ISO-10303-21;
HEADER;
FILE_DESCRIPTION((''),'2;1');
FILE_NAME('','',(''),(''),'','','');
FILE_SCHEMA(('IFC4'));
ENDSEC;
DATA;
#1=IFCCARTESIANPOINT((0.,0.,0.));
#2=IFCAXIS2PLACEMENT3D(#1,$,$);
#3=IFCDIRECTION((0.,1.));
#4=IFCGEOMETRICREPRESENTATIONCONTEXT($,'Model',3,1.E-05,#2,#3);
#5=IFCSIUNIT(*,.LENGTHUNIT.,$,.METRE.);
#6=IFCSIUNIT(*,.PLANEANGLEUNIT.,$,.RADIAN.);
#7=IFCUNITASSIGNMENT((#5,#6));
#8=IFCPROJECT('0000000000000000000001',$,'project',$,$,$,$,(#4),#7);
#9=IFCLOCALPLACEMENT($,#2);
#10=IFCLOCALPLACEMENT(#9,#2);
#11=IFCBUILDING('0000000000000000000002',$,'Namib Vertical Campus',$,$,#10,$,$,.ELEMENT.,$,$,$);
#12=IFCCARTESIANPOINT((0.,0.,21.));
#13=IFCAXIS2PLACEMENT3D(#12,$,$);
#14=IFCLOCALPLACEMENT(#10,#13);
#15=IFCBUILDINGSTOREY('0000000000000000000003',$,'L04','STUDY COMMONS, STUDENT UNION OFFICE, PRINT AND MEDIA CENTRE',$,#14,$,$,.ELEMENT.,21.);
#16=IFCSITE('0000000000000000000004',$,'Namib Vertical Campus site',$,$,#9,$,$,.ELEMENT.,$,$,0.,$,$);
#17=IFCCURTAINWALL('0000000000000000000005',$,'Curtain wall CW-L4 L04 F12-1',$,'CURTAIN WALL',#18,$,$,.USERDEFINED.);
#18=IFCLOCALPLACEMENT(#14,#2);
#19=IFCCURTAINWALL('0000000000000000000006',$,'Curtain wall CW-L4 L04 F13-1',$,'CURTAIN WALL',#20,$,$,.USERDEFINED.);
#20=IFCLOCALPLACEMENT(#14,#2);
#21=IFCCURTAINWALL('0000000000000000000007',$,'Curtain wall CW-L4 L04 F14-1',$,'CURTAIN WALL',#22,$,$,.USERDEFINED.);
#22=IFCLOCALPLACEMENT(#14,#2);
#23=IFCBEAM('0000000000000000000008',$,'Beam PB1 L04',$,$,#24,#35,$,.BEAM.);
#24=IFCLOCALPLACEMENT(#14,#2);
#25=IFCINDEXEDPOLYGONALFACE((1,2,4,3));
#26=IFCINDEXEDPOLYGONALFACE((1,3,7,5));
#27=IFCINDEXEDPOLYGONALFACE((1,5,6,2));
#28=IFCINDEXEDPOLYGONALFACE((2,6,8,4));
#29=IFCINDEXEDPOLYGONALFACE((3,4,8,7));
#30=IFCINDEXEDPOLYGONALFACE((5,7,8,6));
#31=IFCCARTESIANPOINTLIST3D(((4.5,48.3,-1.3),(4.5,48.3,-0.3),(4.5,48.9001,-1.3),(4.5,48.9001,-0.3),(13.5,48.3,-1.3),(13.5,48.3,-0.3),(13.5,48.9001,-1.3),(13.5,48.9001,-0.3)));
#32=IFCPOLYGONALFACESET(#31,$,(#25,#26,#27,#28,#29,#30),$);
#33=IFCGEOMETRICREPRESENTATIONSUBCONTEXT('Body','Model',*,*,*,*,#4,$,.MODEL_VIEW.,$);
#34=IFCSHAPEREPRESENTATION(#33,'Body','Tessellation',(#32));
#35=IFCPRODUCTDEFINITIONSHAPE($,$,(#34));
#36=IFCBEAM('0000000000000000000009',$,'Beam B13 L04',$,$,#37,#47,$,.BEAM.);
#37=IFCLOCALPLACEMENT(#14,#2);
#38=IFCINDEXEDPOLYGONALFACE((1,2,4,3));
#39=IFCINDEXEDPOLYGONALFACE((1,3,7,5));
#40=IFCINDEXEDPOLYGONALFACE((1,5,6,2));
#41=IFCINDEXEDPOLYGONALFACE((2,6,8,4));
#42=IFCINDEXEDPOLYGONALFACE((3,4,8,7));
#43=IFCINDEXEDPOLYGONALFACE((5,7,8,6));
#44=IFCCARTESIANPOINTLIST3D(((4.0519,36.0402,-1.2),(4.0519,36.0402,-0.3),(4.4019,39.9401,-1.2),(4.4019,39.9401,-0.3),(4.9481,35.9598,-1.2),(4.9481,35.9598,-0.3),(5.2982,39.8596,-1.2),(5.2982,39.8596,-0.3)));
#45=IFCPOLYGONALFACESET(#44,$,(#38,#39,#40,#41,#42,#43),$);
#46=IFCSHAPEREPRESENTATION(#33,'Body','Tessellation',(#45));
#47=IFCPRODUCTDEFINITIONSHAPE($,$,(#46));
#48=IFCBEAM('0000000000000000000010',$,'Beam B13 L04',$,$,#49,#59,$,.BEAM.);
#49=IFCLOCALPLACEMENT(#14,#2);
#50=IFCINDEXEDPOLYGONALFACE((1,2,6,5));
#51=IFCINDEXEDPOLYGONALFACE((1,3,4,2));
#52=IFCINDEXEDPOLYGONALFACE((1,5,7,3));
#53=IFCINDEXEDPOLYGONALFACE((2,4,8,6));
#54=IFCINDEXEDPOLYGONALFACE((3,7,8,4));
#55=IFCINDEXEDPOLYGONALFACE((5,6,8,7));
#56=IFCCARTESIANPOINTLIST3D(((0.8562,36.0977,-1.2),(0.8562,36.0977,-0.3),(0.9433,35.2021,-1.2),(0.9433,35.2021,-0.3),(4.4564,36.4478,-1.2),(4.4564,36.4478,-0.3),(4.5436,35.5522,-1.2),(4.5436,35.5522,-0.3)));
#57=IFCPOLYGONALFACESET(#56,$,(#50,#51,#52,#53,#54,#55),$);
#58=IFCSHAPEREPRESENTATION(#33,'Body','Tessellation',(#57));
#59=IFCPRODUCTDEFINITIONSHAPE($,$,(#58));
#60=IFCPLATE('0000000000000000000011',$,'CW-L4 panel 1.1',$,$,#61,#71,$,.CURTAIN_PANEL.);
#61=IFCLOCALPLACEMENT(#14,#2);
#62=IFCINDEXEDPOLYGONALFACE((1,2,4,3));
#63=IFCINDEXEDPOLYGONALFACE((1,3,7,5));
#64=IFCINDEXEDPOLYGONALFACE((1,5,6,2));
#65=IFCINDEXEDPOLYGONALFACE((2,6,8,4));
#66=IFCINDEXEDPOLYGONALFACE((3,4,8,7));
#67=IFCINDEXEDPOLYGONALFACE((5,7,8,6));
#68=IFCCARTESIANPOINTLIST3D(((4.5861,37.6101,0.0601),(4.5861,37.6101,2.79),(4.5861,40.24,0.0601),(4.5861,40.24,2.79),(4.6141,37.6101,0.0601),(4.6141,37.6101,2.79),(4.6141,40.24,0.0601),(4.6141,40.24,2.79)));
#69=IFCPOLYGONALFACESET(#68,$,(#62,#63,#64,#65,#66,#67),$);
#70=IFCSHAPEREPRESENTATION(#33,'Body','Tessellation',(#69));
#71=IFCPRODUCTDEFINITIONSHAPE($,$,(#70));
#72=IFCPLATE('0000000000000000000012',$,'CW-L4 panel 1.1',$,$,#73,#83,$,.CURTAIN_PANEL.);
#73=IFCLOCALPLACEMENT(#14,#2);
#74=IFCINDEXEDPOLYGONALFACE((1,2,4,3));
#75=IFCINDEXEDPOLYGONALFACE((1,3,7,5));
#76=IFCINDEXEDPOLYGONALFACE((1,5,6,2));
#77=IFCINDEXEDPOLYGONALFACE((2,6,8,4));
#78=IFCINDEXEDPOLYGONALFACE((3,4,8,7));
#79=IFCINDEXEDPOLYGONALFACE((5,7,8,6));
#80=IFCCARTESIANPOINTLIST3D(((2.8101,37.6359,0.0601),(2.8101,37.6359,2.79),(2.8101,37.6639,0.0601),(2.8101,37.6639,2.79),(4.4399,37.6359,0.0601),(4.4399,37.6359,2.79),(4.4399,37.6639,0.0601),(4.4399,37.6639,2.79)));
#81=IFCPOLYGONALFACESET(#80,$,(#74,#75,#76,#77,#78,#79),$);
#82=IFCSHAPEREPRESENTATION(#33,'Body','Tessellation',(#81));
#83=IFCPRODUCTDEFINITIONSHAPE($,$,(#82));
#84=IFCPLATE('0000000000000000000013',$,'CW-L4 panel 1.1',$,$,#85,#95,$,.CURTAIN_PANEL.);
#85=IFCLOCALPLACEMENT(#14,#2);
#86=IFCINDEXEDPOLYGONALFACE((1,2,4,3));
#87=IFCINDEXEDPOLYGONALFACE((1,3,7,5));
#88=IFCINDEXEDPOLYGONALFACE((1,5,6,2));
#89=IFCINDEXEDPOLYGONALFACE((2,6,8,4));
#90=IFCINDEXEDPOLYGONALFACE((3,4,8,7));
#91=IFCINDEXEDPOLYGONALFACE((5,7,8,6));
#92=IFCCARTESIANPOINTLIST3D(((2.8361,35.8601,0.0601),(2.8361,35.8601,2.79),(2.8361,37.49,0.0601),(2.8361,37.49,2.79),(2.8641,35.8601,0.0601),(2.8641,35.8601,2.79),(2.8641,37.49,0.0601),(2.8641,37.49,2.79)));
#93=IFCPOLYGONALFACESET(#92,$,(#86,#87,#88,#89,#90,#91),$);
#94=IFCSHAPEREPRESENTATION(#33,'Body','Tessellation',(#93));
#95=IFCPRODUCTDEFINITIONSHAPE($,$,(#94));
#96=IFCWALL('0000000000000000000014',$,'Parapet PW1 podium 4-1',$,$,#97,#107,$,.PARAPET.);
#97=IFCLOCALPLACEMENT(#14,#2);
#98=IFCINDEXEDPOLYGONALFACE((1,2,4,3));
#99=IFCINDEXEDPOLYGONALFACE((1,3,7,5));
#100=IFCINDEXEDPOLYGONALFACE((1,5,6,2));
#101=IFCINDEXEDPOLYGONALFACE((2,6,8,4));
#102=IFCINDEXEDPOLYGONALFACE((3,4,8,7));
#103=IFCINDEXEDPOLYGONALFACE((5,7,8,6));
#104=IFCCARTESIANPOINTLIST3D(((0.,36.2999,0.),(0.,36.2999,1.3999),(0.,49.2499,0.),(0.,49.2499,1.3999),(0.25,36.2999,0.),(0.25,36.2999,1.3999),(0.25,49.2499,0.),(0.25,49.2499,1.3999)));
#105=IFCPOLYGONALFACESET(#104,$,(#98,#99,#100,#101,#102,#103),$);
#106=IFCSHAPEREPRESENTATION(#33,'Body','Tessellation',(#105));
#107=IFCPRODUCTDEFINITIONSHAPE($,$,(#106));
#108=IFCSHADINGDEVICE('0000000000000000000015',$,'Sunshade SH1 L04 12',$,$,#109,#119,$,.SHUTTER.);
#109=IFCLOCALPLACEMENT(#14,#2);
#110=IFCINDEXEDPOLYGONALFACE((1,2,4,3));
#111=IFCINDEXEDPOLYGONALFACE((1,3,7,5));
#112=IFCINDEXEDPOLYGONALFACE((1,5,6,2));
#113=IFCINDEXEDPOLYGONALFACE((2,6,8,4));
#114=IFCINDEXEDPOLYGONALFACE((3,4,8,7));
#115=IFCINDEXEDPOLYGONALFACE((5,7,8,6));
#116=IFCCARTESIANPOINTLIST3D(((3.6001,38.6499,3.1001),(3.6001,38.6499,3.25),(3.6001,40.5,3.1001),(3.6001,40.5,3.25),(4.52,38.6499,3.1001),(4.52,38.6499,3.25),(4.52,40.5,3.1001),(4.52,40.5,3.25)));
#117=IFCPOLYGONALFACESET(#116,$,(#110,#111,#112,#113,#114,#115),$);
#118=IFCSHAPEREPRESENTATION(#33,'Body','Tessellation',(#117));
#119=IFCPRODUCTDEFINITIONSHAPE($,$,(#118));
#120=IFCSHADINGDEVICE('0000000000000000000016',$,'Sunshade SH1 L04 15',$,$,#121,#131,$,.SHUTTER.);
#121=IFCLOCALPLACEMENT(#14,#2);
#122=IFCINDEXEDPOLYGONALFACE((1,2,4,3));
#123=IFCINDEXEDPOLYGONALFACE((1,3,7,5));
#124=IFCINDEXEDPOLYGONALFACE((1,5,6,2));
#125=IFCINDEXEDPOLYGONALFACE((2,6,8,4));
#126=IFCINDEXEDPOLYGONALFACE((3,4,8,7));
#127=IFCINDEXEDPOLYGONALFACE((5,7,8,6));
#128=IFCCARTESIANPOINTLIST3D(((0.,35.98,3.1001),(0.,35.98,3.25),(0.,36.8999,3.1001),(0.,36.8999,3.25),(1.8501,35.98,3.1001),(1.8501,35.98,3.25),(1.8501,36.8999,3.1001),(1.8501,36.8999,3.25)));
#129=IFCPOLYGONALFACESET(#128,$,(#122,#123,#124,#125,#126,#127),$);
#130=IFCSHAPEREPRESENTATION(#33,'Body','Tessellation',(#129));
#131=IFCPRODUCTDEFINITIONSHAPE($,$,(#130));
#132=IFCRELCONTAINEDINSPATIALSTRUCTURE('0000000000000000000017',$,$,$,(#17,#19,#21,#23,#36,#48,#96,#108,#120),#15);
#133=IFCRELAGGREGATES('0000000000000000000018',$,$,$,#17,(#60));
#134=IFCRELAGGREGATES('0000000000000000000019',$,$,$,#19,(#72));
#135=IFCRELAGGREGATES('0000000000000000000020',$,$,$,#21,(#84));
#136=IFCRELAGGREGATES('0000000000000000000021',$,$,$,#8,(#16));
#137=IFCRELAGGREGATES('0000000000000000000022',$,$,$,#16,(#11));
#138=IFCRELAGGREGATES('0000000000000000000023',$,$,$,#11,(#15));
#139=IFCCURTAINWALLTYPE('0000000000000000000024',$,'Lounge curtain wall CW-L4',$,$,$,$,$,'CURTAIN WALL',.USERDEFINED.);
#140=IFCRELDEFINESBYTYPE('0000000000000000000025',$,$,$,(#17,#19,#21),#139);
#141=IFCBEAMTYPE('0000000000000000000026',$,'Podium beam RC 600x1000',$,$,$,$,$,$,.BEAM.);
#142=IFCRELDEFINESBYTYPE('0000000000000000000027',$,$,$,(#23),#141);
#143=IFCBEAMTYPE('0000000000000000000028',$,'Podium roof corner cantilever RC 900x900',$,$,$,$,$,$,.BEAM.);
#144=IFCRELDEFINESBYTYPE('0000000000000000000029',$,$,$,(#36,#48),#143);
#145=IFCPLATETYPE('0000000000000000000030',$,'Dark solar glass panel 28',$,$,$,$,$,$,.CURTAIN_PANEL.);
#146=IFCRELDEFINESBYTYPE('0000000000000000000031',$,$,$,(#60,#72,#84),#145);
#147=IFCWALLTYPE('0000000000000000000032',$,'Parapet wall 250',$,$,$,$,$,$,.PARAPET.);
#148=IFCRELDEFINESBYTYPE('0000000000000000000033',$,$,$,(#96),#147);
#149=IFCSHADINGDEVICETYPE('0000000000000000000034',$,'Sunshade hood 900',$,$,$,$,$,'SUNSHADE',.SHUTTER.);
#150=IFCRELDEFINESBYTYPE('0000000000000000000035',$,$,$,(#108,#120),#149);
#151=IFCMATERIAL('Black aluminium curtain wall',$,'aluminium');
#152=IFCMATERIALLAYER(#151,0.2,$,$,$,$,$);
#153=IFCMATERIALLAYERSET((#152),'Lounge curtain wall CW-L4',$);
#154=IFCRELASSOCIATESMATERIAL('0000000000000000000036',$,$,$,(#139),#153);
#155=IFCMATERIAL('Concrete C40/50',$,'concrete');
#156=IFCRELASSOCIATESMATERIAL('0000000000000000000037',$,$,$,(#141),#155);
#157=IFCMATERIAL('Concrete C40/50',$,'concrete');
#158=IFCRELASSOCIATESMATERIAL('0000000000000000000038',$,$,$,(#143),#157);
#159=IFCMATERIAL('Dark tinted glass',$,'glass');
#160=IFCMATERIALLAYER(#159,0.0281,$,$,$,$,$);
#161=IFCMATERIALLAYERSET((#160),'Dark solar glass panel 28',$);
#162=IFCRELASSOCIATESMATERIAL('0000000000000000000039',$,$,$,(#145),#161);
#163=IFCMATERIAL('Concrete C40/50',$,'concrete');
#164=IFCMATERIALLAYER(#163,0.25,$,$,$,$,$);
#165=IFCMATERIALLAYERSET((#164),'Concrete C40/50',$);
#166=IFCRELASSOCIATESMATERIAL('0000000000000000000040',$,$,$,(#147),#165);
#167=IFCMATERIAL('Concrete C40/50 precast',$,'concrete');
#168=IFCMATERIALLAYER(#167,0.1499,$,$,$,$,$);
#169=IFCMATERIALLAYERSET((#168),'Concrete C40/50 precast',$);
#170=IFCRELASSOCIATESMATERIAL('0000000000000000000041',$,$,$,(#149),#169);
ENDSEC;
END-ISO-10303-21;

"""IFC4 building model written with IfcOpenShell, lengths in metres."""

from ifc_helpers import new_model, si_unit, direction, frame, frame_2d, origin, origin_2d, place, context, subcontext, project, spatial, rectangle, extrude, material, layer, layer_set, material_profile, profile_set, type_object, element, aggregate, save


model = new_model("IFC4")

# Units and contexts
model_context = context("Model", 3, precision=1e-05, world=origin(), true_north=direction((0.0, 1.0)))
body_context = subcontext(model_context, "Body", "Model", "MODEL_VIEW")
ifc_project = project(units=[si_unit("LENGTHUNIT", "METRE"), si_unit("PLANEANGLEUNIT", "RADIAN")], contexts=[model_context])

# Site, building, storey
site_placement = place(None, origin())
site = spatial("IfcSite", under=ifc_project, at=site_placement, Name="Namib Vertical Campus site", CompositionType="ELEMENT", RefElevation=0.0)
building_placement = place(site_placement, origin())
building = spatial("IfcBuilding", under=site, at=building_placement, Name="Namib Vertical Campus", CompositionType="ELEMENT")
storey_placement = place(building_placement, frame((0.0, 0.0, 21.0)))
storey = spatial("IfcBuildingStorey", under=building, at=storey_placement, Name="L04", Description="STUDY COMMONS, STUDENT UNION OFFICE, PRINT AND MEDIA CENTRE", CompositionType="ELEMENT", Elevation=21.0)

# Shared definitions
ifc_material_1 = material(Name="Black aluminium curtain wall", Category="aluminium")
ifc_layer_1 = layer(ifc_material_1, 0.2)
ifc_layer_set_1 = layer_set([ifc_layer_1], Name="Lounge curtain wall CW-L4")
curtain_wall_type = type_object("IfcCurtainWallType", Name="Lounge curtain wall CW-L4", ElementType="CURTAIN WALL", PredefinedType="USERDEFINED", material=ifc_layer_set_1)

# Curtain walls
curtain_wall_1_placement = place(storey_placement, origin())
curtain_wall_1 = element("IfcCurtainWall", 1, at=curtain_wall_1_placement, inside=storey, type_object=curtain_wall_type, Name="Curtain wall CW-L4 L04 F12-1", ObjectType="CURTAIN WALL", PredefinedType="USERDEFINED")
curtain_wall_2_placement = place(storey_placement, origin())
curtain_wall_2 = element("IfcCurtainWall", 2, at=curtain_wall_2_placement, inside=storey, type_object=curtain_wall_type, Name="Curtain wall CW-L4 L04 F13-1", ObjectType="CURTAIN WALL", PredefinedType="USERDEFINED")

# Curtain wall
curtain_wall_3_placement = place(storey_placement, origin())
curtain_wall_3 = element("IfcCurtainWall", 3, at=curtain_wall_3_placement, inside=storey, type_object=curtain_wall_type, Name="Curtain wall CW-L4 L04 F14-1", ObjectType="CURTAIN WALL", PredefinedType="USERDEFINED")

# Beams
ifc_material_2 = material(Name="Concrete C40/50", Category="concrete")
ifc_material_profile_1 = material_profile(ifc_material_2, rectangle(XDim=0.6001, YDim=1.0, at=origin_2d()))
ifc_profile_set_1 = profile_set([ifc_material_profile_1], Name="Concrete C40/50")
beam_type_1 = type_object("IfcBeamType", Name="Podium beam RC 600x1000", PredefinedType="BEAM", material=ifc_profile_set_1)
beam_1_placement = place(storey_placement, frame((4.5, 48.6001, -0.8), z_axis=(1.0, 0.0, 0.0), x_axis=(0.0, 1.0, 0.0)))
element("IfcBeam", 4, at=beam_1_placement, inside=storey, type_object=beam_type_1, Name="Beam PB1 L04", PredefinedType="BEAM", context=body_context, shape_type="SweptSolid", body=[
    extrude(rectangle(XDim=0.6001, YDim=1.0, at=origin_2d()), origin(), (0.0, 0.0, 1.0), 9.0),
])
ifc_material_3 = material(Name="Concrete C40/50", Category="concrete")
ifc_material_profile_2 = material_profile(ifc_material_3, rectangle(XDim=0.8999, YDim=0.8999, at=origin_2d()))
ifc_profile_set_2 = profile_set([ifc_material_profile_2], Name="Concrete C40/50")
beam_type_2 = type_object("IfcBeamType", Name="Podium roof corner cantilever RC 900x900", PredefinedType="BEAM", material=ifc_profile_set_2)
beam_2_placement = place(storey_placement, frame((4.5, 36.0, -0.75), z_axis=(0.089411, 0.995995, 0.0), x_axis=(-0.995995, 0.089411, 0.0)))
element("IfcBeam", 5, at=beam_2_placement, inside=storey, type_object=beam_type_2, Name="Beam B13 L04", PredefinedType="BEAM", context=body_context, shape_type="SweptSolid", body=[
    extrude(rectangle(XDim=0.8999, YDim=0.8999, at=origin_2d()), origin(), (0.0, 0.0, 1.0), 3.9155),
])
beam_3_placement = place(storey_placement, frame((4.5, 36.0, -0.75), z_axis=(-0.995305, -0.09679, 0.0), x_axis=(0.09679, -0.995305, 0.0)))
element("IfcBeam", 6, at=beam_3_placement, inside=storey, type_object=beam_type_2, Name="Beam B13 L04", PredefinedType="BEAM", context=body_context, shape_type="SweptSolid", body=[
    extrude(rectangle(XDim=0.8999, YDim=0.8999, at=origin_2d()), origin(), (0.0, 0.0, 1.0), 3.6172),
])

# Plates
ifc_material_4 = material(Name="Dark tinted glass", Category="glass")
ifc_layer_2 = layer(ifc_material_4, 0.0281)
ifc_layer_set_2 = layer_set([ifc_layer_2], Name="Dark solar glass panel 28")
plate_type = type_object("IfcPlateType", Name="Dark solar glass panel 28", PredefinedType="CURTAIN_PANEL", material=ifc_layer_set_2)
plate_1_placement = place(storey_placement, frame((4.6001, 38.925, 0.0601), z_axis=(0.0, 0.0, 1.0), x_axis=(0.0, -1.0, 0.0)))
plate_1 = element("IfcPlate", 7, at=plate_1_placement, type_object=plate_type, Name="CW-L4 panel 1.1", PredefinedType="CURTAIN_PANEL", context=body_context, shape_type="SweptSolid", body=[
    extrude(rectangle(XDim=2.6299, YDim=0.0281, at=origin_2d()), origin(), (0.0, 0.0, 1.0), 2.73),
])
aggregate(curtain_wall_1, [plate_1])
plate_2_placement = place(storey_placement, frame((3.625, 37.6499, 0.0601), z_axis=(0.0, 0.0, 1.0), x_axis=(-1.0, 0.0, 0.0)))
plate_2 = element("IfcPlate", 8, at=plate_2_placement, type_object=plate_type, Name="CW-L4 panel 1.1", PredefinedType="CURTAIN_PANEL", context=body_context, shape_type="SweptSolid", body=[
    extrude(rectangle(XDim=1.6299, YDim=0.0281, at=origin_2d()), origin(), (0.0, 0.0, 1.0), 2.73),
])
aggregate(curtain_wall_2, [plate_2])
plate_3_placement = place(storey_placement, frame((2.8501, 36.675, 0.0601), z_axis=(0.0, 0.0, 1.0), x_axis=(0.0, -1.0, 0.0)))
plate_3 = element("IfcPlate", 9, at=plate_3_placement, type_object=plate_type, Name="CW-L4 panel 1.1", PredefinedType="CURTAIN_PANEL", context=body_context, shape_type="SweptSolid", body=[
    extrude(rectangle(XDim=1.6299, YDim=0.0281, at=origin_2d()), origin(), (0.0, 0.0, 1.0), 2.73),
])
aggregate(curtain_wall_3, [plate_3])

# Wall
ifc_material_5 = material(Name="Concrete C40/50", Category="concrete")
ifc_layer_3 = layer(ifc_material_5, 0.25)
ifc_layer_set_3 = layer_set([ifc_layer_3], Name="Concrete C40/50")
wall_type = type_object("IfcWallType", Name="Parapet wall 250", PredefinedType="PARAPET", material=ifc_layer_set_3)
wall_placement = place(storey_placement, frame((0.125, 49.25, 0.0), z_axis=(0.0, 0.0, 1.0), x_axis=(0.0, -1.0, 0.0)))
element("IfcWall", 10, at=wall_placement, inside=storey, type_object=wall_type, Name="Parapet PW1 podium 4-1", PredefinedType="PARAPET", context=body_context, shape_type="SweptSolid", body=[
    extrude(rectangle(XDim=12.95, YDim=0.25, at=frame_2d((6.4751, 0.0))), origin(), (0.0, 0.0, 1.0), 1.3999),
])

# Shading devices
ifc_material_6 = material(Name="Concrete C40/50 precast", Category="concrete")
ifc_layer_4 = layer(ifc_material_6, 0.1499)
ifc_layer_set_4 = layer_set([ifc_layer_4], Name="Concrete C40/50 precast")
shading_device_type = type_object("IfcShadingDeviceType", Name="Sunshade hood 900", ElementType="SUNSHADE", PredefinedType="SHUTTER", material=ifc_layer_set_4)
for number, where, z_axis, x_axis, name in (
    (11, (4.0601, 39.575, 3.1001), (0.0, 0.0, 1.0), (0.0, -1.0, 0.0), "Sunshade SH1 L04 12"),
    (12, (0.925, 36.4399, 3.1001), (0.0, 0.0, 1.0), (-1.0, 0.0, 0.0), "Sunshade SH1 L04 15"),
):
    element("IfcShadingDevice", number, at=place(storey_placement, frame(where, z_axis=z_axis, x_axis=x_axis)), inside=storey, type_object=shading_device_type, Name=name, PredefinedType="SHUTTER", context=body_context, shape_type="SweptSolid", body=[
        extrude(rectangle(XDim=1.8501, YDim=0.9199, at=origin_2d()), origin(), (0.0, 0.0, 1.0), 0.1499),
    ])

save(model, "model.ifc")
